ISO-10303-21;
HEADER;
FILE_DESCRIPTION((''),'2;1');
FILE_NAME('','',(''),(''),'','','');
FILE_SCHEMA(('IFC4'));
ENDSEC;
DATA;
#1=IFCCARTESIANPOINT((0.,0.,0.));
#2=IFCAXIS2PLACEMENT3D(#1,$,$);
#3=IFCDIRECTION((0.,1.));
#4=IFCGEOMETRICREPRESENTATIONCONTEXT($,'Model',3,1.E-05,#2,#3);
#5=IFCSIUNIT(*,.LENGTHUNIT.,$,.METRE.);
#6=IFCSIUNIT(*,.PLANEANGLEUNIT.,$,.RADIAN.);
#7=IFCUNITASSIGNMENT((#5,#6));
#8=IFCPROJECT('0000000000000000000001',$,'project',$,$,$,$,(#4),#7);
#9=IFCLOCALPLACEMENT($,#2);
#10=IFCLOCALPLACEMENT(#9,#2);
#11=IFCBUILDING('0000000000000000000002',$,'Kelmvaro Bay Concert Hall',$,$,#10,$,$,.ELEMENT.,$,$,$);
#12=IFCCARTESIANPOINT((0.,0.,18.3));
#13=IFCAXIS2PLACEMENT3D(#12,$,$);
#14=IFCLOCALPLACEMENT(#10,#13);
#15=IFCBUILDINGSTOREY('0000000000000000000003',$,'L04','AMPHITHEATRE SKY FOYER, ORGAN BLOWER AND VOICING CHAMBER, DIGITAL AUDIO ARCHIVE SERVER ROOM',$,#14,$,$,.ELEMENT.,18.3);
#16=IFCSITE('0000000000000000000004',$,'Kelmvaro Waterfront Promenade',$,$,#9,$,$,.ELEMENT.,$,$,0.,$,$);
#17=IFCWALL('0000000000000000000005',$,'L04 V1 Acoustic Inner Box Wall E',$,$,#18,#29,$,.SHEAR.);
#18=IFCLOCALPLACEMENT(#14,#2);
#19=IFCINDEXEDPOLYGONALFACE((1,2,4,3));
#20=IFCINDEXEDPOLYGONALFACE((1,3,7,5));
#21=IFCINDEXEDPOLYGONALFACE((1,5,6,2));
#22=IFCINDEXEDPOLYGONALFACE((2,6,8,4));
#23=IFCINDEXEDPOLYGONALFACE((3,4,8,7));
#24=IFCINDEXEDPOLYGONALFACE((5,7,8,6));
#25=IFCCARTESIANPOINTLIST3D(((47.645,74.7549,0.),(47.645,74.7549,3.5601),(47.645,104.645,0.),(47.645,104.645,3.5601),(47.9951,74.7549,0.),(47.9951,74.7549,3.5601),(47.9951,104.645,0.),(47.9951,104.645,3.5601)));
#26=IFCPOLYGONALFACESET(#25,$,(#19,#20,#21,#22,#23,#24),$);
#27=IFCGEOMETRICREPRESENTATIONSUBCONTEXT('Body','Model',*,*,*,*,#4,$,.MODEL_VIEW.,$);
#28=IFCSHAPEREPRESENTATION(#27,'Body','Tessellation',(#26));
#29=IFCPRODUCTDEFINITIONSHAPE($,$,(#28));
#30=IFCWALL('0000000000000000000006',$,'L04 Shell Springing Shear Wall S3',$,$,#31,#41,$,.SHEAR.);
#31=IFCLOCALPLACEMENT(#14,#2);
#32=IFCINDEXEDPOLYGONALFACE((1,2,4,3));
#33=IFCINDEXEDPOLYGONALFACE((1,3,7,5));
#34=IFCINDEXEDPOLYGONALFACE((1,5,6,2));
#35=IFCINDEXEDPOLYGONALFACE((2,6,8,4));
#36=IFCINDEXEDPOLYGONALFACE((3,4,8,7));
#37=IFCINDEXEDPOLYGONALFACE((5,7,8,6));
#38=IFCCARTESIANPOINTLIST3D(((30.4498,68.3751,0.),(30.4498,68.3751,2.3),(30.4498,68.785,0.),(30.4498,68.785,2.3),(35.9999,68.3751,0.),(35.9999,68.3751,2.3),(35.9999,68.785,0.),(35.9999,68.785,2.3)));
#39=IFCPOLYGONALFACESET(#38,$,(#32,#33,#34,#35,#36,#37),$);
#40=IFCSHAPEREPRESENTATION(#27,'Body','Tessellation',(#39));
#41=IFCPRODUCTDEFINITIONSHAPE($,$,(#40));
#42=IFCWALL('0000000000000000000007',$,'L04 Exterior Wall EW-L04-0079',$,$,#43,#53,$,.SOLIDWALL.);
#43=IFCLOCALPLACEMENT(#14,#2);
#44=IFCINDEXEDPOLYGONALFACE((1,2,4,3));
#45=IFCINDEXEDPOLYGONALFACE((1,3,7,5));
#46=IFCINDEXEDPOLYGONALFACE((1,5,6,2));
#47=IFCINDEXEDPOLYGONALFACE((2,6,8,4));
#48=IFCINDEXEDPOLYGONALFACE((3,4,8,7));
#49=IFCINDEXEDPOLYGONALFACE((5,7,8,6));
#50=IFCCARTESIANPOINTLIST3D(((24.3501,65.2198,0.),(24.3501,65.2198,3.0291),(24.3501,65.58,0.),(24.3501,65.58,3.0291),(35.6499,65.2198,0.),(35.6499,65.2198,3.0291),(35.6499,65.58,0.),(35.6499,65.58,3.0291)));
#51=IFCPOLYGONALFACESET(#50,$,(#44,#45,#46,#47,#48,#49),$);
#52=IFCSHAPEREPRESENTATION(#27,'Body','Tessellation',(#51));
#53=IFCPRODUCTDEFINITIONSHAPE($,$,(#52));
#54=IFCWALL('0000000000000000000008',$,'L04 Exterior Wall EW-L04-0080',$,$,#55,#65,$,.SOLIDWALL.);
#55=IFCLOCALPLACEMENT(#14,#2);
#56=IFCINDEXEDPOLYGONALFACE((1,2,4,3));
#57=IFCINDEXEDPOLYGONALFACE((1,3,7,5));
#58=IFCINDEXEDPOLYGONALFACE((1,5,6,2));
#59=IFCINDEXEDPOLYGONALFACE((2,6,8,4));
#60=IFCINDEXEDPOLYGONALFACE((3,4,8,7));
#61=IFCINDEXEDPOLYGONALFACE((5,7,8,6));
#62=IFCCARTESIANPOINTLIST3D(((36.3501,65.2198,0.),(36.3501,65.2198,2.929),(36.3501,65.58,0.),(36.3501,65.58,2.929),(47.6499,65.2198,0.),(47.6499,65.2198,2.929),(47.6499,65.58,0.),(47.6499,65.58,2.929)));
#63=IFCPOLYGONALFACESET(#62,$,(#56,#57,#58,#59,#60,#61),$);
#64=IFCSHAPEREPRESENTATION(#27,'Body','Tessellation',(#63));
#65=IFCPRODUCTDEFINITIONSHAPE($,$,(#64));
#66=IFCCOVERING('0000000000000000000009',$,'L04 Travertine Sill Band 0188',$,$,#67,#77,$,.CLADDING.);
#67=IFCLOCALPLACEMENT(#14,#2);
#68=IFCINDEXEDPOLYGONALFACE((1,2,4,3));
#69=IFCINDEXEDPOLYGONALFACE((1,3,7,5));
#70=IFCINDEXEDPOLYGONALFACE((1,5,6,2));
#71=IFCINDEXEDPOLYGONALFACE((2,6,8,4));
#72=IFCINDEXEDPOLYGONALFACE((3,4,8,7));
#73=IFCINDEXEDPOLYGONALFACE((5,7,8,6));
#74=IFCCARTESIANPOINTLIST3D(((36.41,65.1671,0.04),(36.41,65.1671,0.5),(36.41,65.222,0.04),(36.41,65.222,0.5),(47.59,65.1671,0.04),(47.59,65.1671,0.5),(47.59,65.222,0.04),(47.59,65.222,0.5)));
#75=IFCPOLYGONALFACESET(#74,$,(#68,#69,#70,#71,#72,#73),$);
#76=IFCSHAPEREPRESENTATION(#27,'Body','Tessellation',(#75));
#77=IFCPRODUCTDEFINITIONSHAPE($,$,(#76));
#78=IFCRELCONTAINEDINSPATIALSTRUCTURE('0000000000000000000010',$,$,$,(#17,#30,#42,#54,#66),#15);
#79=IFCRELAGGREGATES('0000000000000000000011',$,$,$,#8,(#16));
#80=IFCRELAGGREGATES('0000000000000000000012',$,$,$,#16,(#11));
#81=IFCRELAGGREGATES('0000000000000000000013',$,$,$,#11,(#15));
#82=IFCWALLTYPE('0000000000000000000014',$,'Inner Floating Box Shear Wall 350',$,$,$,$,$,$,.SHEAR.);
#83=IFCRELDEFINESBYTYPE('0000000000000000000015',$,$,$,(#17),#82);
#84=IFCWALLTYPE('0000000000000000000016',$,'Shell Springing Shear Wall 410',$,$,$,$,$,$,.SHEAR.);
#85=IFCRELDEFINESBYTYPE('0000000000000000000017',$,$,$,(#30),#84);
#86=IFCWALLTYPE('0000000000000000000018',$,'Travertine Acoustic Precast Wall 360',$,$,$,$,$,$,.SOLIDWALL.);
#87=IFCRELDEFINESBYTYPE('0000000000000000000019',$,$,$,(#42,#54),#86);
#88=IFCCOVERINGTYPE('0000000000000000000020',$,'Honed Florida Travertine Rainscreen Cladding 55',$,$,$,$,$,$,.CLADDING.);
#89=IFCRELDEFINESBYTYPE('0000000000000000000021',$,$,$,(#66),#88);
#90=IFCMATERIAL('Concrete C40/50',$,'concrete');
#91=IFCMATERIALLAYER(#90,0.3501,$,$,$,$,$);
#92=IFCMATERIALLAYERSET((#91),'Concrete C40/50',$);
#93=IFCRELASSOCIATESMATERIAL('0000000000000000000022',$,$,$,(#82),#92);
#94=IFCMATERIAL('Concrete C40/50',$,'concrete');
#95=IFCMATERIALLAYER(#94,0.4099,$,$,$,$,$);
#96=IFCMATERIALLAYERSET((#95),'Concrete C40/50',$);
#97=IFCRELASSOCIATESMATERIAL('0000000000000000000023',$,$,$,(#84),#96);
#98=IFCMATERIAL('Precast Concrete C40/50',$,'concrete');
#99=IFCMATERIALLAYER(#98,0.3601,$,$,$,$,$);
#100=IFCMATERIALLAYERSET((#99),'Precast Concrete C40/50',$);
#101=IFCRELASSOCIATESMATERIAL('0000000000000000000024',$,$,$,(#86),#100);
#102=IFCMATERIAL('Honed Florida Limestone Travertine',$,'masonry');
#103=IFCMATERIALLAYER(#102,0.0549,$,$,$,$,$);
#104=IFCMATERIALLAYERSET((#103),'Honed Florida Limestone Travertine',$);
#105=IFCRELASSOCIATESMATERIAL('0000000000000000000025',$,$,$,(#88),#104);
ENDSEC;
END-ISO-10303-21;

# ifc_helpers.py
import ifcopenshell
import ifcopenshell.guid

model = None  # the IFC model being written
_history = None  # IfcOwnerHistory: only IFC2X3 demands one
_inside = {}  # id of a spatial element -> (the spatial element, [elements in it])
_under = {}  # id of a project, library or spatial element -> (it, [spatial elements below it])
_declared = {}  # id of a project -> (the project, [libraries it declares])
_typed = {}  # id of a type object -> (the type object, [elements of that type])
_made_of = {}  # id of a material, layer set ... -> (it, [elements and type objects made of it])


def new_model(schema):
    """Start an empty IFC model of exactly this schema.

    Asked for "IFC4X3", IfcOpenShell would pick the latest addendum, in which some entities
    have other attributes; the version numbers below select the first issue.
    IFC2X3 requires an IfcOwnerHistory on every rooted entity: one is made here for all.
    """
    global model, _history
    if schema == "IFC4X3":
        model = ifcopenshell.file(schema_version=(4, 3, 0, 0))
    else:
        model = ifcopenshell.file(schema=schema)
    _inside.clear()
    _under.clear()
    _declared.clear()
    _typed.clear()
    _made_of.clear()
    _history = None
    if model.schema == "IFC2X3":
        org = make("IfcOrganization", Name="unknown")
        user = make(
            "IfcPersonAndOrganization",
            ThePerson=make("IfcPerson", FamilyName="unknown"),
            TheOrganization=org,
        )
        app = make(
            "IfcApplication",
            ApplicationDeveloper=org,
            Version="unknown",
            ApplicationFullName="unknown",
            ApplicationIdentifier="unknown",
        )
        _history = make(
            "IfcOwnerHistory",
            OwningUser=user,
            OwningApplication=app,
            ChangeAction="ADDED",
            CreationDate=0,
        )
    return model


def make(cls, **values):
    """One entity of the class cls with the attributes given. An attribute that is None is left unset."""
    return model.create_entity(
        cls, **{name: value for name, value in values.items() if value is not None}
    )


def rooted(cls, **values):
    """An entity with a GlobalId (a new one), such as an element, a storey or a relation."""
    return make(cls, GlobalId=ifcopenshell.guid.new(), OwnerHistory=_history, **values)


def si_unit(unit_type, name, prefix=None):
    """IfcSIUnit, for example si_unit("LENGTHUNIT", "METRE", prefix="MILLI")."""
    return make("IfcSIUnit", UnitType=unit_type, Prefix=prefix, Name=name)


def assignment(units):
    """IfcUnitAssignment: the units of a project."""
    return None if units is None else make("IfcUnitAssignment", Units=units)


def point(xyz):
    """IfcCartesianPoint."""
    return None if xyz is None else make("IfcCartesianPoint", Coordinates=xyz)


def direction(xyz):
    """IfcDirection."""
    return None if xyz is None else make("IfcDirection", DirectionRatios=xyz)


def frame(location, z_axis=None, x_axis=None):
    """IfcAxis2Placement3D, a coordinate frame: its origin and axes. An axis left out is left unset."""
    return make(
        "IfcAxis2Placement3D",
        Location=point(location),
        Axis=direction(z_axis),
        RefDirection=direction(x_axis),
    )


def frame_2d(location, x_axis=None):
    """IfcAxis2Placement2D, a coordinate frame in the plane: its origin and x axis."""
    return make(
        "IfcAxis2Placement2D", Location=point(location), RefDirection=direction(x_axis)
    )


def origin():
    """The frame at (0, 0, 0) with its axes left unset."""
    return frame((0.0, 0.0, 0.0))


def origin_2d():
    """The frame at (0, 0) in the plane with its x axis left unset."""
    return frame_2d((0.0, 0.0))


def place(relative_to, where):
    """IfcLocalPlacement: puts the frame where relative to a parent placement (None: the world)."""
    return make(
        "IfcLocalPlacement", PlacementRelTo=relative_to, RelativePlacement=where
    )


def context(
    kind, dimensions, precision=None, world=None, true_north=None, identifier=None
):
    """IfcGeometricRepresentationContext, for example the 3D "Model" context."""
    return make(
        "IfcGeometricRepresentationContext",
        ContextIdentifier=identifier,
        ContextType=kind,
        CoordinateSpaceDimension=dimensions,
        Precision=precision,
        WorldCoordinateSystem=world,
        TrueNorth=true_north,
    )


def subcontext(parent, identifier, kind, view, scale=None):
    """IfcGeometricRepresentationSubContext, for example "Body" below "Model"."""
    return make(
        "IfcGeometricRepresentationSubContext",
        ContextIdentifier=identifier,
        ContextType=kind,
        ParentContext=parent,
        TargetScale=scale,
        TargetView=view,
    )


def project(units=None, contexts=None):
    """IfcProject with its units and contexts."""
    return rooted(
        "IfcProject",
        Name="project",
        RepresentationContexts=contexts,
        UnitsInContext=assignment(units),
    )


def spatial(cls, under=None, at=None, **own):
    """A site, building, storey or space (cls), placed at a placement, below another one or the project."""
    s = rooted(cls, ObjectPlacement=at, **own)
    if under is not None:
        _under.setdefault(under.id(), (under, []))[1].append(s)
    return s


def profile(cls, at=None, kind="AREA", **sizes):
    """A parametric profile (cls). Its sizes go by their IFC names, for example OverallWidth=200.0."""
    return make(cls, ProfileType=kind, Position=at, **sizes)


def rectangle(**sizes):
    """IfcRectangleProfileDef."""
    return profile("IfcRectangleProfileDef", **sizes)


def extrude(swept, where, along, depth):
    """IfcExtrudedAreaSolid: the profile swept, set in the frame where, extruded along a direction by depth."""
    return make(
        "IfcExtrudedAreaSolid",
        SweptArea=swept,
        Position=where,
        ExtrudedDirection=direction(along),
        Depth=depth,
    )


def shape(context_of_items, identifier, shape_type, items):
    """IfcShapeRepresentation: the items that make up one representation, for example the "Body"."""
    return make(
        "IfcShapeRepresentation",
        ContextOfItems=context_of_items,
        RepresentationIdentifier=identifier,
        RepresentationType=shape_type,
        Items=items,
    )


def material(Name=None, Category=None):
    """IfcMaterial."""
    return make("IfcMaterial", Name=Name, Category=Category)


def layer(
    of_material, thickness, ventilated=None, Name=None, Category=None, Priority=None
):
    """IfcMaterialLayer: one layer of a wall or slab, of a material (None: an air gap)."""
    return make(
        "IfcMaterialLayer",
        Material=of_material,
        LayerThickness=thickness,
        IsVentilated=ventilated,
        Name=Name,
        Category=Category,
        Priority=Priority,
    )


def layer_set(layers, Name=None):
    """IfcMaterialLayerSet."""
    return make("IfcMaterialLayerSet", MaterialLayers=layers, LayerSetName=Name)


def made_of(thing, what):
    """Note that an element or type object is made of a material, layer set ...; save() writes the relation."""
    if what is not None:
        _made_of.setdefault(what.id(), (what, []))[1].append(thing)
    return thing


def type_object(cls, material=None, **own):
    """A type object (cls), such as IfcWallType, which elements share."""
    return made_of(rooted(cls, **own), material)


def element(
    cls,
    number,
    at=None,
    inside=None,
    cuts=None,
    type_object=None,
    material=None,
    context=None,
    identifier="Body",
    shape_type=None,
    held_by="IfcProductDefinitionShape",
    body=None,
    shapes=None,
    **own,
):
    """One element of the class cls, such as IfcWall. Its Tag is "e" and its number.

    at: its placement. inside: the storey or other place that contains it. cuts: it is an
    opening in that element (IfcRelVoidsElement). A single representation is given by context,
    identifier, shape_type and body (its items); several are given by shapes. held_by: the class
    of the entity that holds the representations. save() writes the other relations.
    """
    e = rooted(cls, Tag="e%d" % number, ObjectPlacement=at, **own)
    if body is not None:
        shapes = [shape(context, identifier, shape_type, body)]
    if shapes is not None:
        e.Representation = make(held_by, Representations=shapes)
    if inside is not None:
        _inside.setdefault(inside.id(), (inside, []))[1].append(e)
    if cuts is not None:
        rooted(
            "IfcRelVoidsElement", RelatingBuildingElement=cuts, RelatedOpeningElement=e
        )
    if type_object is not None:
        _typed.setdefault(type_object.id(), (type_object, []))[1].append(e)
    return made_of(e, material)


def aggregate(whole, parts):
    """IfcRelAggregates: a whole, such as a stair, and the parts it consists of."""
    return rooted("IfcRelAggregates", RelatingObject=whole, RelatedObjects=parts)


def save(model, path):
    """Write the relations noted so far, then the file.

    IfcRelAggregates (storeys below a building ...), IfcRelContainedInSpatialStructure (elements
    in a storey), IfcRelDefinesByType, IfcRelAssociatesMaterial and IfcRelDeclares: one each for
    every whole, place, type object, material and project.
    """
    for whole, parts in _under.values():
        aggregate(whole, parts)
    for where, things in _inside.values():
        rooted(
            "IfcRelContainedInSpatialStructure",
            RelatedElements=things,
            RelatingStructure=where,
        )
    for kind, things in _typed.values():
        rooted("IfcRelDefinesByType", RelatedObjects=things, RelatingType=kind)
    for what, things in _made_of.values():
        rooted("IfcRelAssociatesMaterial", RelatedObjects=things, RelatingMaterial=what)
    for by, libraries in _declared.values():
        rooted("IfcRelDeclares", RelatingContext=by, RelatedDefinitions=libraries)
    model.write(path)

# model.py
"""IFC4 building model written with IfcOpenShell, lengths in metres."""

from ifc_helpers import new_model, si_unit, direction, frame, frame_2d, origin, origin_2d, place, context, subcontext, project, spatial, rectangle, extrude, material, layer, layer_set, type_object, element, save


model = new_model("IFC4")

# Units and contexts
model_context = context("Model", 3, precision=1e-05, world=origin(), true_north=direction((0.0, 1.0)))
body_context = subcontext(model_context, "Body", "Model", "MODEL_VIEW")
ifc_project = project(units=[si_unit("LENGTHUNIT", "METRE"), si_unit("PLANEANGLEUNIT", "RADIAN")], contexts=[model_context])

# Site, building, storey
site_placement = place(None, origin())
site = spatial("IfcSite", under=ifc_project, at=site_placement, Name="Kelmvaro Waterfront Promenade", CompositionType="ELEMENT", RefElevation=0.0)
building_placement = place(site_placement, origin())
building = spatial("IfcBuilding", under=site, at=building_placement, Name="Kelmvaro Bay Concert Hall", CompositionType="ELEMENT")
storey_placement = place(building_placement, frame((0.0, 0.0, 18.3)))
storey = spatial("IfcBuildingStorey", under=building, at=storey_placement, Name="L04", Description="AMPHITHEATRE SKY FOYER, ORGAN BLOWER AND VOICING CHAMBER, DIGITAL AUDIO ARCHIVE SERVER ROOM", CompositionType="ELEMENT", Elevation=18.3)

# Walls
ifc_material_1 = material(Name="Concrete C40/50", Category="concrete")
ifc_layer_1 = layer(ifc_material_1, 0.3501)
ifc_layer_set_1 = layer_set([ifc_layer_1], Name="Concrete C40/50")
wall_type_1 = type_object("IfcWallType", Name="Inner Floating Box Shear Wall 350", PredefinedType="SHEAR", material=ifc_layer_set_1)
wall_1_placement = place(storey_placement, frame((47.8201, 74.7549, 0.0), z_axis=(0.0, 0.0, 1.0), x_axis=(0.0, 1.0, 0.0)))
element("IfcWall", 1, at=wall_1_placement, inside=storey, type_object=wall_type_1, Name="L04 V1 Acoustic Inner Box Wall E", PredefinedType="SHEAR", context=body_context, shape_type="SweptSolid", body=[
    extrude(rectangle(XDim=29.8901, YDim=0.3501, at=frame_2d((14.9451, 0.0))), origin(), (0.0, 0.0, 1.0), 3.5601),
])
ifc_material_2 = material(Name="Concrete C40/50", Category="concrete")
ifc_layer_2 = layer(ifc_material_2, 0.4099)
ifc_layer_set_2 = layer_set([ifc_layer_2], Name="Concrete C40/50")
wall_type_2 = type_object("IfcWallType", Name="Shell Springing Shear Wall 410", PredefinedType="SHEAR", material=ifc_layer_set_2)
wall_2_placement = place(storey_placement, frame((30.45, 68.5801, 0.0), z_axis=(0.0, 0.0, 1.0), x_axis=(1.0, 0.0, 0.0)))
element("IfcWall", 2, at=wall_2_placement, inside=storey, type_object=wall_type_2, Name="L04 Shell Springing Shear Wall S3", PredefinedType="SHEAR", context=body_context, shape_type="SweptSolid", body=[
    extrude(rectangle(XDim=5.55, YDim=0.4099, at=frame_2d((2.7749, 0.0))), origin(), (0.0, 0.0, 1.0), 2.3),
])
ifc_material_3 = material(Name="Precast Concrete C40/50", Category="concrete")
ifc_layer_3 = layer(ifc_material_3, 0.3601)
ifc_layer_set_3 = layer_set([ifc_layer_3], Name="Precast Concrete C40/50")
wall_type_3 = type_object("IfcWallType", Name="Travertine Acoustic Precast Wall 360", PredefinedType="SOLIDWALL", material=ifc_layer_set_3)
wall_3_placement = place(storey_placement, frame((35.6499, 65.3999, 0.0), z_axis=(0.0, 0.0, 1.0), x_axis=(-1.0, 0.0, 0.0)))
element("IfcWall", 3, at=wall_3_placement, inside=storey, type_object=wall_type_3, Name="L04 Exterior Wall EW-L04-0079", PredefinedType="SOLIDWALL", context=body_context, shape_type="SweptSolid", body=[
    extrude(rectangle(XDim=11.2998, YDim=0.3601, at=frame_2d((5.6499, 0.0))), origin(), (0.0, 0.0, 1.0), 3.0291),
])
wall_4_placement = place(storey_placement, frame((47.6499, 65.3999, 0.0), z_axis=(0.0, 0.0, 1.0), x_axis=(-1.0, 0.0, 0.0)))
element("IfcWall", 4, at=wall_4_placement, inside=storey, type_object=wall_type_3, Name="L04 Exterior Wall EW-L04-0080", PredefinedType="SOLIDWALL", context=body_context, shape_type="SweptSolid", body=[
    extrude(rectangle(XDim=11.2998, YDim=0.3601, at=frame_2d((5.6499, 0.0))), origin(), (0.0, 0.0, 1.0), 2.929),
])

# Covering
ifc_material_4 = material(Name="Honed Florida Limestone Travertine", Category="masonry")
ifc_layer_4 = layer(ifc_material_4, 0.0549)
ifc_layer_set_4 = layer_set([ifc_layer_4], Name="Honed Florida Limestone Travertine")
covering_type = type_object("IfcCoveringType", Name="Honed Florida Travertine Rainscreen Cladding 55", PredefinedType="CLADDING", material=ifc_layer_set_4)
covering_placement = place(storey_placement, frame((42.0, 65.1946, 0.04), z_axis=(0.0, 0.0, 1.0), x_axis=(-1.0, 0.0, 0.0)))
element("IfcCovering", 5, at=covering_placement, inside=storey, type_object=covering_type, Name="L04 Travertine Sill Band 0188", PredefinedType="CLADDING", context=body_context, shape_type="SweptSolid", body=[
    extrude(rectangle(XDim=11.1799, YDim=0.0549, at=origin_2d()), origin(), (0.0, 0.0, 1.0), 0.46),
])

save(model, "model.ifc")
